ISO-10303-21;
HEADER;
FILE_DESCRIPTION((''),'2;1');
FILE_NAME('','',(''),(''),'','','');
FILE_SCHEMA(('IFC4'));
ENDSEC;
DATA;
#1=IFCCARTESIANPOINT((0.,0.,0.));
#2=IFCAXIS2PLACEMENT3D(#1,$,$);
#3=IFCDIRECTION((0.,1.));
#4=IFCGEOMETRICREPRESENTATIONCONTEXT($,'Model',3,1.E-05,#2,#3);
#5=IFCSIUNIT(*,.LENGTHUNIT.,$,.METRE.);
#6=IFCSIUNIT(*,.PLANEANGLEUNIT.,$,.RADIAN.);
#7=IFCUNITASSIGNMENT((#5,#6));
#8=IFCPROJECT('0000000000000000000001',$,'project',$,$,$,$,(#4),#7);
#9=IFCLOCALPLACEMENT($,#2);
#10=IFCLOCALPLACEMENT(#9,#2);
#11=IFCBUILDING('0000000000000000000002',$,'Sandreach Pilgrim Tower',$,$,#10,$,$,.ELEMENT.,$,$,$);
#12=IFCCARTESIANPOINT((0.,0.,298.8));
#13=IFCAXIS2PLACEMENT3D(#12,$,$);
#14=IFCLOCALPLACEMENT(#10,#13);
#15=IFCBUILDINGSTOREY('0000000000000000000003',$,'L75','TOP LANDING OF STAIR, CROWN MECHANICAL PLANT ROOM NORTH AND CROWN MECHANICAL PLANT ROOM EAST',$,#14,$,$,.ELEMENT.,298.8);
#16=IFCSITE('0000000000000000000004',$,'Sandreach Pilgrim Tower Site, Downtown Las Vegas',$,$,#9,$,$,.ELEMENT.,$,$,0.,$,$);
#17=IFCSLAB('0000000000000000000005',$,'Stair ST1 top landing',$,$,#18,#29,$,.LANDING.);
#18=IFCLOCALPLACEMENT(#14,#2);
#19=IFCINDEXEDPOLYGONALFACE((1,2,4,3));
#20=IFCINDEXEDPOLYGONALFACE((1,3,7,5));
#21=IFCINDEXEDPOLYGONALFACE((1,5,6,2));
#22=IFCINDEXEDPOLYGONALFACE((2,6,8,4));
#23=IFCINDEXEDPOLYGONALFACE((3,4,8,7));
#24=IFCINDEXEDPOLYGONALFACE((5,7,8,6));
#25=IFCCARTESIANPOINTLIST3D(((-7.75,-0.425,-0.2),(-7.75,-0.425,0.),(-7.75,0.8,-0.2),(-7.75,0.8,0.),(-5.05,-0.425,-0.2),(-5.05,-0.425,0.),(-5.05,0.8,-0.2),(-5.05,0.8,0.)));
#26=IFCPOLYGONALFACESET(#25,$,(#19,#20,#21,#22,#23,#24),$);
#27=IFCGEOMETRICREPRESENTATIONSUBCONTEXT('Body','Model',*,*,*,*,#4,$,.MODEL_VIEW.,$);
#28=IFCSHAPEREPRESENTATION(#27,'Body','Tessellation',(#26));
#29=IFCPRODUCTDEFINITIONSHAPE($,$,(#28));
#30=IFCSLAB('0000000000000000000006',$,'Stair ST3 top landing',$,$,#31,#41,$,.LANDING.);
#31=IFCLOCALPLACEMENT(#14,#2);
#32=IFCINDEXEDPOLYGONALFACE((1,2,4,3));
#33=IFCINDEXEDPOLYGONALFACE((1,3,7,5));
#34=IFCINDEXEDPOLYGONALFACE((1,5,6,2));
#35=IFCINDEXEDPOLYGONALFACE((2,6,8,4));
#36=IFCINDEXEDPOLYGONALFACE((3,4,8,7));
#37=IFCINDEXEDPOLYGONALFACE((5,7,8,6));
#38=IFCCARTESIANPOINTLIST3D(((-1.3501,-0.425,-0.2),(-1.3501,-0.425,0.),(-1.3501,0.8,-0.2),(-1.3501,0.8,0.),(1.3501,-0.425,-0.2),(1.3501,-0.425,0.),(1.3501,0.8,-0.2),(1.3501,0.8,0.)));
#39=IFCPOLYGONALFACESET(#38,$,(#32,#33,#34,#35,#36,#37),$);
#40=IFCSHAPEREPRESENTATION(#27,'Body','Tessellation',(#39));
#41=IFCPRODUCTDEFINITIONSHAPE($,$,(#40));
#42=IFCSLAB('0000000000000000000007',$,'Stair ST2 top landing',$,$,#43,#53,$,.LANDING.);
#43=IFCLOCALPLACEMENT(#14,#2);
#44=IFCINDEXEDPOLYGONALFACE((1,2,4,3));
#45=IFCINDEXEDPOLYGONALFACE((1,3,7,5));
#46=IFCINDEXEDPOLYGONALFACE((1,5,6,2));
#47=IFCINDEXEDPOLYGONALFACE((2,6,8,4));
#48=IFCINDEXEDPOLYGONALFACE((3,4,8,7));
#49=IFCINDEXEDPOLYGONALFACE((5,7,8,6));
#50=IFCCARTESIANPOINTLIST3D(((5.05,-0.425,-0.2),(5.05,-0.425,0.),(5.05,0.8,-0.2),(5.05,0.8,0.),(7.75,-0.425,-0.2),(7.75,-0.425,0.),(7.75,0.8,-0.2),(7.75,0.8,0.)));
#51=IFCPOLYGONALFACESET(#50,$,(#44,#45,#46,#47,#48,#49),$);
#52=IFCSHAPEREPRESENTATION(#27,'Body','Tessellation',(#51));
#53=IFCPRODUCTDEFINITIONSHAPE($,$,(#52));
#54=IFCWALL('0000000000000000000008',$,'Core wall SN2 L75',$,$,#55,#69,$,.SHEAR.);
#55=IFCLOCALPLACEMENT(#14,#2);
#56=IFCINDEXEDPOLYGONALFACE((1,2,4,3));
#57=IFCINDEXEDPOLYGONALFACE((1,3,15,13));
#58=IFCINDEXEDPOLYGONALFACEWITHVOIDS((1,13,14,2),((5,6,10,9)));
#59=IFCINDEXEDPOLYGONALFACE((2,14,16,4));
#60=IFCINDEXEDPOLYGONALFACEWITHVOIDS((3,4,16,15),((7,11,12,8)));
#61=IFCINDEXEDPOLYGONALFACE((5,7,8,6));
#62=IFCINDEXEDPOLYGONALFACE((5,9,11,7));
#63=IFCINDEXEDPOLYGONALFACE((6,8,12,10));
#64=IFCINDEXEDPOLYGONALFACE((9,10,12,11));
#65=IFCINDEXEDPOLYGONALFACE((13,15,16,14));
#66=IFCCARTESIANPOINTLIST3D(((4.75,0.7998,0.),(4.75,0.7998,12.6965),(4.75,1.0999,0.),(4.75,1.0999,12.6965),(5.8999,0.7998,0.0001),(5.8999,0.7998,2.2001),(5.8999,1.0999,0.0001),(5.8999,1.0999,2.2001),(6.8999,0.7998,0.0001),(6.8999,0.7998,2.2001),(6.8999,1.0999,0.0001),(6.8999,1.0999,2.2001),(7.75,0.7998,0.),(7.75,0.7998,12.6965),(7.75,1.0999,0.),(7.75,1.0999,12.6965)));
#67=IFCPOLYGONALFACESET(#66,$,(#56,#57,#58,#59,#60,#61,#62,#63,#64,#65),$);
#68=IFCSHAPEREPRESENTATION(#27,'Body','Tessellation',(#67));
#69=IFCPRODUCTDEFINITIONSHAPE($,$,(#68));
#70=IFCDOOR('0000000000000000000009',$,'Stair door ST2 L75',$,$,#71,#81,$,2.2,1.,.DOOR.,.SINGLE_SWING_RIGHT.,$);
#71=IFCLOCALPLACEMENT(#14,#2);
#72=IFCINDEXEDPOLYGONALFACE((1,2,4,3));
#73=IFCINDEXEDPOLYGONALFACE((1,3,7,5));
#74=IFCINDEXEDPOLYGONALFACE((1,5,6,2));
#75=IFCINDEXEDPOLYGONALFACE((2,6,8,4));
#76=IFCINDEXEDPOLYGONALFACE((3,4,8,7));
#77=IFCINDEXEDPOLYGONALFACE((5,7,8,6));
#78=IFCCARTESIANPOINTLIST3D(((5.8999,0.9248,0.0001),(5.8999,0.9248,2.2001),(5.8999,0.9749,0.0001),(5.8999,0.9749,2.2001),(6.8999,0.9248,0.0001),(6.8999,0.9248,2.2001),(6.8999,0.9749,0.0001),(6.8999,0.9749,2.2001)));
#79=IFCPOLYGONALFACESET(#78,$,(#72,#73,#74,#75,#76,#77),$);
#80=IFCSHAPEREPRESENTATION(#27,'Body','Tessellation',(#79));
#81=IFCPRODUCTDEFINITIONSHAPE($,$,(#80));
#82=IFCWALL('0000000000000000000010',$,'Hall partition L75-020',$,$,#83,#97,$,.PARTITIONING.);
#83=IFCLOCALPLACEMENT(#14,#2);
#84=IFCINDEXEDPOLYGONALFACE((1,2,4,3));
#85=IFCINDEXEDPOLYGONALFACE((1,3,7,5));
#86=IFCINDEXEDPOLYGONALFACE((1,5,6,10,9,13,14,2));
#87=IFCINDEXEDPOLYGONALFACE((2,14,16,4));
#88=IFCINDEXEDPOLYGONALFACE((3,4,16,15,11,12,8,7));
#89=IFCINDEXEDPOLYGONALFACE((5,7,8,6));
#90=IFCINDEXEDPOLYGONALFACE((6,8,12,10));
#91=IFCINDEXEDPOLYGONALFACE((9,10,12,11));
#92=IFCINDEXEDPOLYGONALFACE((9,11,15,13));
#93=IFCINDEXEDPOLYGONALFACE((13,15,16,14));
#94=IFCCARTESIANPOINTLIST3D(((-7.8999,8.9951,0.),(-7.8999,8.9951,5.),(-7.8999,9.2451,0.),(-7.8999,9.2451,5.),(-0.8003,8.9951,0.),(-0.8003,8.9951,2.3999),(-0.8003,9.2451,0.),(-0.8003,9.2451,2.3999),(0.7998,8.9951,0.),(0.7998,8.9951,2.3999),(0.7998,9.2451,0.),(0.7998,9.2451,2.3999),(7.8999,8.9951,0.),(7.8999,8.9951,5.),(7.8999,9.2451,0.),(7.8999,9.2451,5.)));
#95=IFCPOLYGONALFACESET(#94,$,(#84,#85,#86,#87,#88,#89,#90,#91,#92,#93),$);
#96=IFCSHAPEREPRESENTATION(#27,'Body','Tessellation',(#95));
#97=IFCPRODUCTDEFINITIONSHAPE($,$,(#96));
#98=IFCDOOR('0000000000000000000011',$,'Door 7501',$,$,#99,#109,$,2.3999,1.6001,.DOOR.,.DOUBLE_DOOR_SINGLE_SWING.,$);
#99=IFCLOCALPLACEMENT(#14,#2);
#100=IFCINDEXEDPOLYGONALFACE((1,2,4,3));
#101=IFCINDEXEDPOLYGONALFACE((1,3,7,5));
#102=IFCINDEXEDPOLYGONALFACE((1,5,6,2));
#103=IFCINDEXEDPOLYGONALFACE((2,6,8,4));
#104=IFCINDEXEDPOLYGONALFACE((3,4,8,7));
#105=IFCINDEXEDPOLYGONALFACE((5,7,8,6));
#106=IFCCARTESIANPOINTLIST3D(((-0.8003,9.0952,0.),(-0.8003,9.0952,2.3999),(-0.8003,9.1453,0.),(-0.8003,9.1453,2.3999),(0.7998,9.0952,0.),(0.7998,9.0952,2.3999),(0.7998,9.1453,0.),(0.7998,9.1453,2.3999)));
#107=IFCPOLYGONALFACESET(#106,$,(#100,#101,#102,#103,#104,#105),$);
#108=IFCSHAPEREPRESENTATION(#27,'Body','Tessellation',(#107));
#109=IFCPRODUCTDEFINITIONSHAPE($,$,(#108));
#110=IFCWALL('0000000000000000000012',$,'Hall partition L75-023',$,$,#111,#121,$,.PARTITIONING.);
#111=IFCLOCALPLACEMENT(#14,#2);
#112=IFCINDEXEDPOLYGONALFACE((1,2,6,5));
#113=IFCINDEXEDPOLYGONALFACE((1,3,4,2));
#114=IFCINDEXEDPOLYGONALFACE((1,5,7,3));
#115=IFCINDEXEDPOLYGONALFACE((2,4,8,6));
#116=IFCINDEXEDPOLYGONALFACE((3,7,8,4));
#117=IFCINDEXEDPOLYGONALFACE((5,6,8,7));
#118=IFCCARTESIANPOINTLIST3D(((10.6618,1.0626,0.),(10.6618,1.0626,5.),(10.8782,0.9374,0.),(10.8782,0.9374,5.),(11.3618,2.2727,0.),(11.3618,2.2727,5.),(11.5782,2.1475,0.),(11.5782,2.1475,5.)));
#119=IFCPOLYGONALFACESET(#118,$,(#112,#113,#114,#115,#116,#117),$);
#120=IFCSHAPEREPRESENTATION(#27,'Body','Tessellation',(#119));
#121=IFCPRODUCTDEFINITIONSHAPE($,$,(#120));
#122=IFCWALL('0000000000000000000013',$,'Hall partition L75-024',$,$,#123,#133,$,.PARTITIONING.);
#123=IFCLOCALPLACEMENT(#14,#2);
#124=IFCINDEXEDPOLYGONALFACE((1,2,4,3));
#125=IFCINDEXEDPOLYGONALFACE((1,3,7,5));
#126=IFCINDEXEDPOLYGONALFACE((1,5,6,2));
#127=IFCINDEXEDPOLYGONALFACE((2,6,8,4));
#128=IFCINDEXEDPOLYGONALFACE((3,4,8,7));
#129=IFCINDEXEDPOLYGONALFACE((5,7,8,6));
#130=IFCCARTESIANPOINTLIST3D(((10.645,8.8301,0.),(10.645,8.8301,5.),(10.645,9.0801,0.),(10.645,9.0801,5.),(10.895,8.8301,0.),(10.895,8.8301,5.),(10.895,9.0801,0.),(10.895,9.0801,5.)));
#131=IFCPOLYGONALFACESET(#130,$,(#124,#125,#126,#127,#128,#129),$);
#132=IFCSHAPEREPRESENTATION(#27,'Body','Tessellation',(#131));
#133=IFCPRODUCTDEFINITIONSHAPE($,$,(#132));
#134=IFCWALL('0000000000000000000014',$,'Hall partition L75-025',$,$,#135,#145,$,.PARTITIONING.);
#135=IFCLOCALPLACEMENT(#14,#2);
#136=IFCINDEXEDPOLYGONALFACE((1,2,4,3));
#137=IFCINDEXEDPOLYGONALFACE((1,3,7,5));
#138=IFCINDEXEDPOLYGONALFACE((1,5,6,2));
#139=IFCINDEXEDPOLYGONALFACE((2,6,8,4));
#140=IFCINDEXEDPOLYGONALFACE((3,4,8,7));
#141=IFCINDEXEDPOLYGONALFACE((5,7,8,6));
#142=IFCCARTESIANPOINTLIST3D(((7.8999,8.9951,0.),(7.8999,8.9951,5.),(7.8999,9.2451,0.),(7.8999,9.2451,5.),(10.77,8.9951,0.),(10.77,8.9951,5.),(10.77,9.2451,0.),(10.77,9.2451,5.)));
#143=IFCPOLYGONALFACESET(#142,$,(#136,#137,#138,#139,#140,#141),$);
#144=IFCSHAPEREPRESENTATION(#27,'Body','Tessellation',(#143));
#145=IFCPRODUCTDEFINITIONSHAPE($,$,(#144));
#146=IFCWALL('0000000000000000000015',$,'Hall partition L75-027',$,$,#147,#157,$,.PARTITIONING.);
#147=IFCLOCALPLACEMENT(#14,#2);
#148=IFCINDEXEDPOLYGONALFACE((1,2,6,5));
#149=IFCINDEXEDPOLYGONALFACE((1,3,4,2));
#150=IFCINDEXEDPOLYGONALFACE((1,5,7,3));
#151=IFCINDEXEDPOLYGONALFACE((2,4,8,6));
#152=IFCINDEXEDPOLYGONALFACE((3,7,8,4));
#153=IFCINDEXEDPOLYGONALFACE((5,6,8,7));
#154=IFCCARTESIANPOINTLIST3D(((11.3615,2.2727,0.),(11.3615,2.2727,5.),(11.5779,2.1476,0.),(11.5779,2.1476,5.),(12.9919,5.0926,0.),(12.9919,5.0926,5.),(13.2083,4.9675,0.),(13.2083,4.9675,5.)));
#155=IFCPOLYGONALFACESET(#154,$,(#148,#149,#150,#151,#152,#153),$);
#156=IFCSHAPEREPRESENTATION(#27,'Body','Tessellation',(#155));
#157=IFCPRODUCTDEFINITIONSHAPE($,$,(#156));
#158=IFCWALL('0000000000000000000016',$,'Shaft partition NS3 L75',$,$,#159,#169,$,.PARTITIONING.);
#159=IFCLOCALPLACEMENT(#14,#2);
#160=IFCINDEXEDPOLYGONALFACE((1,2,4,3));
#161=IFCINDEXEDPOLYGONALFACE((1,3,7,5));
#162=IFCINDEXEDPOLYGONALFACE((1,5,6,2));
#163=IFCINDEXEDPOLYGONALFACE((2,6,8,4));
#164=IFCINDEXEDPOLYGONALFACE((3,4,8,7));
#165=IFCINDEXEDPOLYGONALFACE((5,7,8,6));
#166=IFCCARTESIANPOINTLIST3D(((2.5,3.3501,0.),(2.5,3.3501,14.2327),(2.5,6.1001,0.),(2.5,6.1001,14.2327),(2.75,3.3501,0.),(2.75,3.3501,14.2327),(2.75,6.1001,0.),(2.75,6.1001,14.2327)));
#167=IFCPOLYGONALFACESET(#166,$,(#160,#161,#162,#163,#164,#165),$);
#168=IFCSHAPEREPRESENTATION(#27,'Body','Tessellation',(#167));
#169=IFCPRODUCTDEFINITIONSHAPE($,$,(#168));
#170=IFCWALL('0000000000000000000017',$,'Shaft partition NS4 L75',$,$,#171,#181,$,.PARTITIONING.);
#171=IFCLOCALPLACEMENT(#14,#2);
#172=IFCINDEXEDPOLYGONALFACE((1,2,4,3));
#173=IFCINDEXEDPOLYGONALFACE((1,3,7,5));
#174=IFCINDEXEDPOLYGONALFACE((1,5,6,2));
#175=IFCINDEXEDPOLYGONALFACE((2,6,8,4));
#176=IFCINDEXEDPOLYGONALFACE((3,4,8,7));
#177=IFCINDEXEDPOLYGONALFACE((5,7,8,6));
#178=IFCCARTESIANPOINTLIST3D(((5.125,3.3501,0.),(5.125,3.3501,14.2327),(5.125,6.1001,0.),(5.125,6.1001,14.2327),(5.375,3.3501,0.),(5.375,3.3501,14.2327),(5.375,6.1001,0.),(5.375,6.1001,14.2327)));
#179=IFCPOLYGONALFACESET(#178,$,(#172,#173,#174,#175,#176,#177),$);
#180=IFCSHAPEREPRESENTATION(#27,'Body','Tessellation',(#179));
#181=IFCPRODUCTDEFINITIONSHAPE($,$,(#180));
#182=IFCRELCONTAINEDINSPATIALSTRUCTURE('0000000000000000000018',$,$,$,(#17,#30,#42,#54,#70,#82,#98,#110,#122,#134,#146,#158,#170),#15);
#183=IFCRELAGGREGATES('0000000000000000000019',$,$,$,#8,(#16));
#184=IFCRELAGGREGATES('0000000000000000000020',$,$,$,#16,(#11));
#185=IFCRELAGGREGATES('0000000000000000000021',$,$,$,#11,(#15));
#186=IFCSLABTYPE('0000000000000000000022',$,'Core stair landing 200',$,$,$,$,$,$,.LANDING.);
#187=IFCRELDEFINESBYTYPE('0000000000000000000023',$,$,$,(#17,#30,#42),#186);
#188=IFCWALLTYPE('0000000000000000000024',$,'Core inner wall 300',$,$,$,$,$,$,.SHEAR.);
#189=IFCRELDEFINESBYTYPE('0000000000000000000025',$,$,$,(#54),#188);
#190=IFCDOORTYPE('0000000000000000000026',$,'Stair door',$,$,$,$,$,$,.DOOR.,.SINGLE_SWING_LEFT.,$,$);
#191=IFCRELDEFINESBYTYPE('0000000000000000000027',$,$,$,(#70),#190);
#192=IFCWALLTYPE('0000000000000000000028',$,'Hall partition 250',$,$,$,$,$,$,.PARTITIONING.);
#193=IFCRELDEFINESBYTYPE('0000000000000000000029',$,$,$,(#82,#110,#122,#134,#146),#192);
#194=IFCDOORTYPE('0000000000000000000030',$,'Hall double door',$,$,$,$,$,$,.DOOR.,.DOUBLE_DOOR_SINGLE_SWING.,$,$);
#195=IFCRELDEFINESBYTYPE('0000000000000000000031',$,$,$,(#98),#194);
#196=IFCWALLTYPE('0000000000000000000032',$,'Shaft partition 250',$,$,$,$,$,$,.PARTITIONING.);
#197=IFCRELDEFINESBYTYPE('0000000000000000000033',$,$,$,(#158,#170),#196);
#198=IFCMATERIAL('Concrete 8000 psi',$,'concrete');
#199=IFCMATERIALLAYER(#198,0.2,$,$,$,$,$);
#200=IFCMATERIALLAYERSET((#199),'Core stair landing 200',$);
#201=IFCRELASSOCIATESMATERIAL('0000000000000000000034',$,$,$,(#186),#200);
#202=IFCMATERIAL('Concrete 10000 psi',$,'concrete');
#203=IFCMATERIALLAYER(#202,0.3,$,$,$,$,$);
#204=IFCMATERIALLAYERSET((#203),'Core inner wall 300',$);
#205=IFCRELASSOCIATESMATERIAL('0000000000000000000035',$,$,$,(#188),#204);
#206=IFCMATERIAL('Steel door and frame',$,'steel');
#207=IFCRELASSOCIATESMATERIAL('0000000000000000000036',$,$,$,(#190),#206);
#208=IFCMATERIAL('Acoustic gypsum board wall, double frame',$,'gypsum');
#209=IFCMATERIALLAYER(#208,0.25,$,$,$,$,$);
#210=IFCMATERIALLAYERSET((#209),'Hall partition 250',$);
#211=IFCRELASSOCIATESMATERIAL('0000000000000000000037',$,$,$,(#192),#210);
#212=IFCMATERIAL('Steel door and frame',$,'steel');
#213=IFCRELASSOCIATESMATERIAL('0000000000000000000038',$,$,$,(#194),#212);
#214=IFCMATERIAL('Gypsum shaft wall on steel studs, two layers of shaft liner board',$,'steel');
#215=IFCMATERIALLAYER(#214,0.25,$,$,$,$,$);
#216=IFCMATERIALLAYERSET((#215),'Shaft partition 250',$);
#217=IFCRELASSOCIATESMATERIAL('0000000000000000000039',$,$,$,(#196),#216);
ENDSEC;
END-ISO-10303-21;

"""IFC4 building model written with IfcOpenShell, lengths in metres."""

from ifc_helpers import new_model, si_unit, direction, frame, frame_2d, origin, place, context, subcontext, project, spatial, polyline, rectangle, outline, extrude, material, layer, layer_set, type_object, element, fill, save


model = new_model("IFC4")

# Units and contexts
model_context = context("Model", 3, precision=1e-05, world=origin(), true_north=direction((0.0, 1.0)))
body_context = subcontext(model_context, "Body", "Model", "MODEL_VIEW")
ifc_project = project(units=[si_unit("LENGTHUNIT", "METRE"), si_unit("PLANEANGLEUNIT", "RADIAN")], contexts=[model_context])

# Site, building, storey
site_placement = place(None, origin())
site = spatial("IfcSite", under=ifc_project, at=site_placement, Name="Sandreach Pilgrim Tower Site, Downtown Las Vegas", CompositionType="ELEMENT", RefElevation=0.0)
building_placement = place(site_placement, origin())
building = spatial("IfcBuilding", under=site, at=building_placement, Name="Sandreach Pilgrim Tower", CompositionType="ELEMENT")
storey_placement = place(building_placement, frame((0.0, 0.0, 298.8)))
storey = spatial("IfcBuildingStorey", under=building, at=storey_placement, Name="L75", Description="TOP LANDING OF STAIR, CROWN MECHANICAL PLANT ROOM NORTH AND CROWN MECHANICAL PLANT ROOM EAST", CompositionType="ELEMENT", Elevation=298.8)

# Slabs
ifc_material_1 = material(Name="Concrete 8000 psi", Category="concrete")
ifc_layer_1 = layer(ifc_material_1, 0.2)
ifc_layer_set_1 = layer_set([ifc_layer_1], Name="Core stair landing 200")
slab_type_1 = type_object("IfcSlabType", Name="Core stair landing 200", PredefinedType="LANDING", material=ifc_layer_set_1)
slab_1_placement = place(storey_placement, frame((0.0, 0.0, -0.2)))
element("IfcSlab", 1, at=slab_1_placement, inside=storey, type_object=slab_type_1, Name="Stair ST1 top landing", PredefinedType="LANDING", context=body_context, shape_type="SweptSolid", body=[
    extrude(outline(polyline([(-7.75, -0.425), (-5.05, -0.425), (-5.05, 0.8), (-7.75, 0.8), (-7.75, -0.425)])), origin(), (0.0, 0.0, 1.0), 0.2),
])
slab_2_placement = place(storey_placement, frame((0.0, 0.0, -0.2)))
element("IfcSlab", 2, at=slab_2_placement, inside=storey, type_object=slab_type_1, Name="Stair ST3 top landing", PredefinedType="LANDING", context=body_context, shape_type="SweptSolid", body=[
    extrude(outline(polyline([(-1.3501, -0.425), (1.3501, -0.425), (1.3501, 0.8), (-1.3501, 0.8), (-1.3501, -0.425)])), origin(), (0.0, 0.0, 1.0), 0.2),
])
slab_3_placement = place(storey_placement, frame((0.0, 0.0, -0.2)))
element("IfcSlab", 3, at=slab_3_placement, inside=storey, type_object=slab_type_1, Name="Stair ST2 top landing", PredefinedType="LANDING", context=body_context, shape_type="SweptSolid", body=[
    extrude(outline(polyline([(5.05, -0.425), (7.75, -0.425), (7.75, 0.8), (5.05, 0.8), (5.05, -0.425)])), origin(), (0.0, 0.0, 1.0), 0.2),
])

# Walls, openings, doors
ifc_material_2 = material(Name="Concrete 10000 psi", Category="concrete")
ifc_layer_2 = layer(ifc_material_2, 0.3)
ifc_layer_set_2 = layer_set([ifc_layer_2], Name="Core inner wall 300")
wall_type_1 = type_object("IfcWallType", Name="Core inner wall 300", PredefinedType="SHEAR", material=ifc_layer_set_2)
wall_1_placement = place(storey_placement, frame((4.75, 0.95, 0.0), z_axis=(0.0, 0.0, 1.0), x_axis=(1.0, 0.0, 0.0)))
wall_1 = element("IfcWall", 4, at=wall_1_placement, inside=storey, type_object=wall_type_1, Name="Core wall SN2 L75", PredefinedType="SHEAR", context=body_context, shape_type="SweptSolid", body=[
    extrude(outline(polyline([(0.0, 0.0), (3.0, 0.0), (3.0, 12.6965), (0.0, 12.6965), (0.0, 0.0)])), frame((0.0, 0.1499, 0.0), z_axis=(0.0, -1.0, 0.0), x_axis=(1.0, 0.0, 0.0)), (0.0, 0.0, 1.0), 0.3),
])
opening_1_placement = place(wall_1_placement, frame((1.1499, 0.0, 0.0)))
opening_1 = element("IfcOpeningElement", 5, at=opening_1_placement, cuts=wall_1, PredefinedType="OPENING", context=body_context, shape_type="SweptSolid", body=[
    extrude(rectangle(XDim=1.0, YDim=2.2, at=frame_2d((0.5, 1.1001))), frame((0.0, 0.1499, 0.0), z_axis=(0.0, -1.0, 0.0), x_axis=(1.0, 0.0, 0.0)), (0.0, 0.0, 1.0), 0.3),
])
ifc_material_3 = material(Name="Steel door and frame", Category="steel")
door_type_1 = type_object("IfcDoorType", Name="Stair door", OperationType="SINGLE_SWING_LEFT", PredefinedType="DOOR", material=ifc_material_3)
door_1_placement = place(opening_1_placement, origin())
door_1 = element("IfcDoor", 6, at=door_1_placement, inside=storey, type_object=door_type_1, Name="Stair door ST2 L75", OperationType="SINGLE_SWING_RIGHT", OverallHeight=2.2, OverallWidth=1.0, PredefinedType="DOOR", context=body_context, shape_type="SweptSolid", body=[
    extrude(rectangle(XDim=1.0, YDim=2.2, at=frame_2d((0.5, 1.1001))), frame((0.0, 0.0249, 0.0), z_axis=(0.0, -1.0, 0.0), x_axis=(1.0, 0.0, 0.0)), (0.0, 0.0, 1.0), 0.05),
])
fill(opening_1, door_1)
ifc_material_4 = material(Name="Acoustic gypsum board wall, double frame", Category="gypsum")
ifc_layer_3 = layer(ifc_material_4, 0.25)
ifc_layer_set_3 = layer_set([ifc_layer_3], Name="Hall partition 250")
wall_type_2 = type_object("IfcWallType", Name="Hall partition 250", PredefinedType="PARTITIONING", material=ifc_layer_set_3)
wall_2_placement = place(storey_placement, frame((7.8999, 9.1201, 0.0), z_axis=(0.0, 0.0, 1.0), x_axis=(-1.0, 0.0, 0.0)))
wall_2 = element("IfcWall", 7, at=wall_2_placement, inside=storey, type_object=wall_type_2, Name="Hall partition L75-020", PredefinedType="PARTITIONING", context=body_context, shape_type="SweptSolid", body=[
    extrude(rectangle(XDim=15.7998, YDim=0.25, at=frame_2d((7.8999, 0.0))), origin(), (0.0, 0.0, 1.0), 5.0),
])
opening_2_placement = place(wall_2_placement, frame((7.1001, 0.0, 0.0)))
opening_2 = element("IfcOpeningElement", 8, at=opening_2_placement, cuts=wall_2, PredefinedType="OPENING", context=body_context, shape_type="SweptSolid", body=[
    extrude(rectangle(XDim=1.6001, YDim=2.3999, at=frame_2d((0.8, 1.2))), frame((0.0, 0.125, 0.0), z_axis=(0.0, -1.0, 0.0), x_axis=(1.0, 0.0, 0.0)), (0.0, 0.0, 1.0), 0.25),
])
ifc_material_5 = material(Name="Steel door and frame", Category="steel")
door_type_2 = type_object("IfcDoorType", Name="Hall double door", OperationType="DOUBLE_DOOR_SINGLE_SWING", PredefinedType="DOOR", material=ifc_material_5)
door_2_placement = place(opening_2_placement, origin())
door_2 = element("IfcDoor", 9, at=door_2_placement, inside=storey, type_object=door_type_2, Name="Door 7501", OperationType="DOUBLE_DOOR_SINGLE_SWING", OverallHeight=2.3999, OverallWidth=1.6001, PredefinedType="DOOR", context=body_context, shape_type="SweptSolid", body=[
    extrude(rectangle(XDim=1.6001, YDim=2.3999, at=frame_2d((0.8, 1.2))), frame((0.0, 0.0249, 0.0), z_axis=(0.0, -1.0, 0.0), x_axis=(1.0, 0.0, 0.0)), (0.0, 0.0, 1.0), 0.05),
])
fill(opening_2, door_2)

# Walls
wall_3_placement = place(storey_placement, frame((10.77, 1.0, 0.0), z_axis=(0.0, 0.0, 1.0), x_axis=(0.50074, 0.865598, 0.0)))
element("IfcWall", 10, at=wall_3_placement, inside=storey, type_object=wall_type_2, Name="Hall partition L75-023", PredefinedType="PARTITIONING", context=body_context, shape_type="SweptSolid", body=[
    extrude(rectangle(XDim=1.3979, YDim=0.25, at=frame_2d((0.699, 0.0))), origin(), (0.0, 0.0, 1.0), 5.0),
])
wall_4_placement = place(storey_placement, frame((10.77, 8.8301, 0.0), z_axis=(0.0, 0.0, 1.0), x_axis=(0.0, 1.0, 0.0)))
element("IfcWall", 11, at=wall_4_placement, inside=storey, type_object=wall_type_2, Name="Hall partition L75-024", PredefinedType="PARTITIONING", context=body_context, shape_type="SweptSolid", body=[
    extrude(rectangle(XDim=0.25, YDim=0.25, at=frame_2d((0.125, 0.0))), origin(), (0.0, 0.0, 1.0), 5.0),
])
wall_5_placement = place(storey_placement, frame((10.77, 9.1201, 0.0), z_axis=(0.0, 0.0, 1.0), x_axis=(-1.0, 0.0, 0.0)))
element("IfcWall", 12, at=wall_5_placement, inside=storey, type_object=wall_type_2, Name="Hall partition L75-025", PredefinedType="PARTITIONING", context=body_context, shape_type="SweptSolid", body=[
    extrude(rectangle(XDim=2.8701, YDim=0.25, at=frame_2d((1.4351, 0.0))), origin(), (0.0, 0.0, 1.0), 5.0),
])

# Walls
wall_6_placement = place(storey_placement, frame((13.1001, 5.03, 0.0), z_axis=(0.0, 0.0, 1.0), x_axis=(-0.50054, -0.865714, 0.0)))
element("IfcWall", 13, at=wall_6_placement, inside=storey, type_object=wall_type_2, Name="Hall partition L75-027", PredefinedType="PARTITIONING", context=body_context, shape_type="SweptSolid", body=[
    extrude(rectangle(XDim=3.2573, YDim=0.25, at=frame_2d((1.6287, 0.0))), origin(), (0.0, 0.0, 1.0), 5.0),
])
ifc_material_6 = material(Name="Gypsum shaft wall on steel studs, two layers of shaft liner board", Category="steel")
ifc_layer_4 = layer(ifc_material_6, 0.25)
ifc_layer_set_4 = layer_set([ifc_layer_4], Name="Shaft partition 250")
wall_type_3 = type_object("IfcWallType", Name="Shaft partition 250", PredefinedType="PARTITIONING", material=ifc_layer_set_4)
for number, where, z_axis, x_axis, name in (
    (14, (2.625, 3.3501, 0.0), (0.0, 0.0, 1.0), (0.0, 1.0, 0.0), "Shaft partition NS3 L75"),
    (15, (5.25, 3.3501, 0.0), (0.0, 0.0, 1.0), (0.0, 1.0, 0.0), "Shaft partition NS4 L75"),
):
    element("IfcWall", number, at=place(storey_placement, frame(where, z_axis=z_axis, x_axis=x_axis)), inside=storey, type_object=wall_type_3, Name=name, PredefinedType="PARTITIONING", context=body_context, shape_type="SweptSolid", body=[
        extrude(rectangle(XDim=2.75, YDim=0.25, at=frame_2d((1.375, 0.0))), origin(), (0.0, 0.0, 1.0), 14.2327),
    ])

save(model, "model.ifc")
